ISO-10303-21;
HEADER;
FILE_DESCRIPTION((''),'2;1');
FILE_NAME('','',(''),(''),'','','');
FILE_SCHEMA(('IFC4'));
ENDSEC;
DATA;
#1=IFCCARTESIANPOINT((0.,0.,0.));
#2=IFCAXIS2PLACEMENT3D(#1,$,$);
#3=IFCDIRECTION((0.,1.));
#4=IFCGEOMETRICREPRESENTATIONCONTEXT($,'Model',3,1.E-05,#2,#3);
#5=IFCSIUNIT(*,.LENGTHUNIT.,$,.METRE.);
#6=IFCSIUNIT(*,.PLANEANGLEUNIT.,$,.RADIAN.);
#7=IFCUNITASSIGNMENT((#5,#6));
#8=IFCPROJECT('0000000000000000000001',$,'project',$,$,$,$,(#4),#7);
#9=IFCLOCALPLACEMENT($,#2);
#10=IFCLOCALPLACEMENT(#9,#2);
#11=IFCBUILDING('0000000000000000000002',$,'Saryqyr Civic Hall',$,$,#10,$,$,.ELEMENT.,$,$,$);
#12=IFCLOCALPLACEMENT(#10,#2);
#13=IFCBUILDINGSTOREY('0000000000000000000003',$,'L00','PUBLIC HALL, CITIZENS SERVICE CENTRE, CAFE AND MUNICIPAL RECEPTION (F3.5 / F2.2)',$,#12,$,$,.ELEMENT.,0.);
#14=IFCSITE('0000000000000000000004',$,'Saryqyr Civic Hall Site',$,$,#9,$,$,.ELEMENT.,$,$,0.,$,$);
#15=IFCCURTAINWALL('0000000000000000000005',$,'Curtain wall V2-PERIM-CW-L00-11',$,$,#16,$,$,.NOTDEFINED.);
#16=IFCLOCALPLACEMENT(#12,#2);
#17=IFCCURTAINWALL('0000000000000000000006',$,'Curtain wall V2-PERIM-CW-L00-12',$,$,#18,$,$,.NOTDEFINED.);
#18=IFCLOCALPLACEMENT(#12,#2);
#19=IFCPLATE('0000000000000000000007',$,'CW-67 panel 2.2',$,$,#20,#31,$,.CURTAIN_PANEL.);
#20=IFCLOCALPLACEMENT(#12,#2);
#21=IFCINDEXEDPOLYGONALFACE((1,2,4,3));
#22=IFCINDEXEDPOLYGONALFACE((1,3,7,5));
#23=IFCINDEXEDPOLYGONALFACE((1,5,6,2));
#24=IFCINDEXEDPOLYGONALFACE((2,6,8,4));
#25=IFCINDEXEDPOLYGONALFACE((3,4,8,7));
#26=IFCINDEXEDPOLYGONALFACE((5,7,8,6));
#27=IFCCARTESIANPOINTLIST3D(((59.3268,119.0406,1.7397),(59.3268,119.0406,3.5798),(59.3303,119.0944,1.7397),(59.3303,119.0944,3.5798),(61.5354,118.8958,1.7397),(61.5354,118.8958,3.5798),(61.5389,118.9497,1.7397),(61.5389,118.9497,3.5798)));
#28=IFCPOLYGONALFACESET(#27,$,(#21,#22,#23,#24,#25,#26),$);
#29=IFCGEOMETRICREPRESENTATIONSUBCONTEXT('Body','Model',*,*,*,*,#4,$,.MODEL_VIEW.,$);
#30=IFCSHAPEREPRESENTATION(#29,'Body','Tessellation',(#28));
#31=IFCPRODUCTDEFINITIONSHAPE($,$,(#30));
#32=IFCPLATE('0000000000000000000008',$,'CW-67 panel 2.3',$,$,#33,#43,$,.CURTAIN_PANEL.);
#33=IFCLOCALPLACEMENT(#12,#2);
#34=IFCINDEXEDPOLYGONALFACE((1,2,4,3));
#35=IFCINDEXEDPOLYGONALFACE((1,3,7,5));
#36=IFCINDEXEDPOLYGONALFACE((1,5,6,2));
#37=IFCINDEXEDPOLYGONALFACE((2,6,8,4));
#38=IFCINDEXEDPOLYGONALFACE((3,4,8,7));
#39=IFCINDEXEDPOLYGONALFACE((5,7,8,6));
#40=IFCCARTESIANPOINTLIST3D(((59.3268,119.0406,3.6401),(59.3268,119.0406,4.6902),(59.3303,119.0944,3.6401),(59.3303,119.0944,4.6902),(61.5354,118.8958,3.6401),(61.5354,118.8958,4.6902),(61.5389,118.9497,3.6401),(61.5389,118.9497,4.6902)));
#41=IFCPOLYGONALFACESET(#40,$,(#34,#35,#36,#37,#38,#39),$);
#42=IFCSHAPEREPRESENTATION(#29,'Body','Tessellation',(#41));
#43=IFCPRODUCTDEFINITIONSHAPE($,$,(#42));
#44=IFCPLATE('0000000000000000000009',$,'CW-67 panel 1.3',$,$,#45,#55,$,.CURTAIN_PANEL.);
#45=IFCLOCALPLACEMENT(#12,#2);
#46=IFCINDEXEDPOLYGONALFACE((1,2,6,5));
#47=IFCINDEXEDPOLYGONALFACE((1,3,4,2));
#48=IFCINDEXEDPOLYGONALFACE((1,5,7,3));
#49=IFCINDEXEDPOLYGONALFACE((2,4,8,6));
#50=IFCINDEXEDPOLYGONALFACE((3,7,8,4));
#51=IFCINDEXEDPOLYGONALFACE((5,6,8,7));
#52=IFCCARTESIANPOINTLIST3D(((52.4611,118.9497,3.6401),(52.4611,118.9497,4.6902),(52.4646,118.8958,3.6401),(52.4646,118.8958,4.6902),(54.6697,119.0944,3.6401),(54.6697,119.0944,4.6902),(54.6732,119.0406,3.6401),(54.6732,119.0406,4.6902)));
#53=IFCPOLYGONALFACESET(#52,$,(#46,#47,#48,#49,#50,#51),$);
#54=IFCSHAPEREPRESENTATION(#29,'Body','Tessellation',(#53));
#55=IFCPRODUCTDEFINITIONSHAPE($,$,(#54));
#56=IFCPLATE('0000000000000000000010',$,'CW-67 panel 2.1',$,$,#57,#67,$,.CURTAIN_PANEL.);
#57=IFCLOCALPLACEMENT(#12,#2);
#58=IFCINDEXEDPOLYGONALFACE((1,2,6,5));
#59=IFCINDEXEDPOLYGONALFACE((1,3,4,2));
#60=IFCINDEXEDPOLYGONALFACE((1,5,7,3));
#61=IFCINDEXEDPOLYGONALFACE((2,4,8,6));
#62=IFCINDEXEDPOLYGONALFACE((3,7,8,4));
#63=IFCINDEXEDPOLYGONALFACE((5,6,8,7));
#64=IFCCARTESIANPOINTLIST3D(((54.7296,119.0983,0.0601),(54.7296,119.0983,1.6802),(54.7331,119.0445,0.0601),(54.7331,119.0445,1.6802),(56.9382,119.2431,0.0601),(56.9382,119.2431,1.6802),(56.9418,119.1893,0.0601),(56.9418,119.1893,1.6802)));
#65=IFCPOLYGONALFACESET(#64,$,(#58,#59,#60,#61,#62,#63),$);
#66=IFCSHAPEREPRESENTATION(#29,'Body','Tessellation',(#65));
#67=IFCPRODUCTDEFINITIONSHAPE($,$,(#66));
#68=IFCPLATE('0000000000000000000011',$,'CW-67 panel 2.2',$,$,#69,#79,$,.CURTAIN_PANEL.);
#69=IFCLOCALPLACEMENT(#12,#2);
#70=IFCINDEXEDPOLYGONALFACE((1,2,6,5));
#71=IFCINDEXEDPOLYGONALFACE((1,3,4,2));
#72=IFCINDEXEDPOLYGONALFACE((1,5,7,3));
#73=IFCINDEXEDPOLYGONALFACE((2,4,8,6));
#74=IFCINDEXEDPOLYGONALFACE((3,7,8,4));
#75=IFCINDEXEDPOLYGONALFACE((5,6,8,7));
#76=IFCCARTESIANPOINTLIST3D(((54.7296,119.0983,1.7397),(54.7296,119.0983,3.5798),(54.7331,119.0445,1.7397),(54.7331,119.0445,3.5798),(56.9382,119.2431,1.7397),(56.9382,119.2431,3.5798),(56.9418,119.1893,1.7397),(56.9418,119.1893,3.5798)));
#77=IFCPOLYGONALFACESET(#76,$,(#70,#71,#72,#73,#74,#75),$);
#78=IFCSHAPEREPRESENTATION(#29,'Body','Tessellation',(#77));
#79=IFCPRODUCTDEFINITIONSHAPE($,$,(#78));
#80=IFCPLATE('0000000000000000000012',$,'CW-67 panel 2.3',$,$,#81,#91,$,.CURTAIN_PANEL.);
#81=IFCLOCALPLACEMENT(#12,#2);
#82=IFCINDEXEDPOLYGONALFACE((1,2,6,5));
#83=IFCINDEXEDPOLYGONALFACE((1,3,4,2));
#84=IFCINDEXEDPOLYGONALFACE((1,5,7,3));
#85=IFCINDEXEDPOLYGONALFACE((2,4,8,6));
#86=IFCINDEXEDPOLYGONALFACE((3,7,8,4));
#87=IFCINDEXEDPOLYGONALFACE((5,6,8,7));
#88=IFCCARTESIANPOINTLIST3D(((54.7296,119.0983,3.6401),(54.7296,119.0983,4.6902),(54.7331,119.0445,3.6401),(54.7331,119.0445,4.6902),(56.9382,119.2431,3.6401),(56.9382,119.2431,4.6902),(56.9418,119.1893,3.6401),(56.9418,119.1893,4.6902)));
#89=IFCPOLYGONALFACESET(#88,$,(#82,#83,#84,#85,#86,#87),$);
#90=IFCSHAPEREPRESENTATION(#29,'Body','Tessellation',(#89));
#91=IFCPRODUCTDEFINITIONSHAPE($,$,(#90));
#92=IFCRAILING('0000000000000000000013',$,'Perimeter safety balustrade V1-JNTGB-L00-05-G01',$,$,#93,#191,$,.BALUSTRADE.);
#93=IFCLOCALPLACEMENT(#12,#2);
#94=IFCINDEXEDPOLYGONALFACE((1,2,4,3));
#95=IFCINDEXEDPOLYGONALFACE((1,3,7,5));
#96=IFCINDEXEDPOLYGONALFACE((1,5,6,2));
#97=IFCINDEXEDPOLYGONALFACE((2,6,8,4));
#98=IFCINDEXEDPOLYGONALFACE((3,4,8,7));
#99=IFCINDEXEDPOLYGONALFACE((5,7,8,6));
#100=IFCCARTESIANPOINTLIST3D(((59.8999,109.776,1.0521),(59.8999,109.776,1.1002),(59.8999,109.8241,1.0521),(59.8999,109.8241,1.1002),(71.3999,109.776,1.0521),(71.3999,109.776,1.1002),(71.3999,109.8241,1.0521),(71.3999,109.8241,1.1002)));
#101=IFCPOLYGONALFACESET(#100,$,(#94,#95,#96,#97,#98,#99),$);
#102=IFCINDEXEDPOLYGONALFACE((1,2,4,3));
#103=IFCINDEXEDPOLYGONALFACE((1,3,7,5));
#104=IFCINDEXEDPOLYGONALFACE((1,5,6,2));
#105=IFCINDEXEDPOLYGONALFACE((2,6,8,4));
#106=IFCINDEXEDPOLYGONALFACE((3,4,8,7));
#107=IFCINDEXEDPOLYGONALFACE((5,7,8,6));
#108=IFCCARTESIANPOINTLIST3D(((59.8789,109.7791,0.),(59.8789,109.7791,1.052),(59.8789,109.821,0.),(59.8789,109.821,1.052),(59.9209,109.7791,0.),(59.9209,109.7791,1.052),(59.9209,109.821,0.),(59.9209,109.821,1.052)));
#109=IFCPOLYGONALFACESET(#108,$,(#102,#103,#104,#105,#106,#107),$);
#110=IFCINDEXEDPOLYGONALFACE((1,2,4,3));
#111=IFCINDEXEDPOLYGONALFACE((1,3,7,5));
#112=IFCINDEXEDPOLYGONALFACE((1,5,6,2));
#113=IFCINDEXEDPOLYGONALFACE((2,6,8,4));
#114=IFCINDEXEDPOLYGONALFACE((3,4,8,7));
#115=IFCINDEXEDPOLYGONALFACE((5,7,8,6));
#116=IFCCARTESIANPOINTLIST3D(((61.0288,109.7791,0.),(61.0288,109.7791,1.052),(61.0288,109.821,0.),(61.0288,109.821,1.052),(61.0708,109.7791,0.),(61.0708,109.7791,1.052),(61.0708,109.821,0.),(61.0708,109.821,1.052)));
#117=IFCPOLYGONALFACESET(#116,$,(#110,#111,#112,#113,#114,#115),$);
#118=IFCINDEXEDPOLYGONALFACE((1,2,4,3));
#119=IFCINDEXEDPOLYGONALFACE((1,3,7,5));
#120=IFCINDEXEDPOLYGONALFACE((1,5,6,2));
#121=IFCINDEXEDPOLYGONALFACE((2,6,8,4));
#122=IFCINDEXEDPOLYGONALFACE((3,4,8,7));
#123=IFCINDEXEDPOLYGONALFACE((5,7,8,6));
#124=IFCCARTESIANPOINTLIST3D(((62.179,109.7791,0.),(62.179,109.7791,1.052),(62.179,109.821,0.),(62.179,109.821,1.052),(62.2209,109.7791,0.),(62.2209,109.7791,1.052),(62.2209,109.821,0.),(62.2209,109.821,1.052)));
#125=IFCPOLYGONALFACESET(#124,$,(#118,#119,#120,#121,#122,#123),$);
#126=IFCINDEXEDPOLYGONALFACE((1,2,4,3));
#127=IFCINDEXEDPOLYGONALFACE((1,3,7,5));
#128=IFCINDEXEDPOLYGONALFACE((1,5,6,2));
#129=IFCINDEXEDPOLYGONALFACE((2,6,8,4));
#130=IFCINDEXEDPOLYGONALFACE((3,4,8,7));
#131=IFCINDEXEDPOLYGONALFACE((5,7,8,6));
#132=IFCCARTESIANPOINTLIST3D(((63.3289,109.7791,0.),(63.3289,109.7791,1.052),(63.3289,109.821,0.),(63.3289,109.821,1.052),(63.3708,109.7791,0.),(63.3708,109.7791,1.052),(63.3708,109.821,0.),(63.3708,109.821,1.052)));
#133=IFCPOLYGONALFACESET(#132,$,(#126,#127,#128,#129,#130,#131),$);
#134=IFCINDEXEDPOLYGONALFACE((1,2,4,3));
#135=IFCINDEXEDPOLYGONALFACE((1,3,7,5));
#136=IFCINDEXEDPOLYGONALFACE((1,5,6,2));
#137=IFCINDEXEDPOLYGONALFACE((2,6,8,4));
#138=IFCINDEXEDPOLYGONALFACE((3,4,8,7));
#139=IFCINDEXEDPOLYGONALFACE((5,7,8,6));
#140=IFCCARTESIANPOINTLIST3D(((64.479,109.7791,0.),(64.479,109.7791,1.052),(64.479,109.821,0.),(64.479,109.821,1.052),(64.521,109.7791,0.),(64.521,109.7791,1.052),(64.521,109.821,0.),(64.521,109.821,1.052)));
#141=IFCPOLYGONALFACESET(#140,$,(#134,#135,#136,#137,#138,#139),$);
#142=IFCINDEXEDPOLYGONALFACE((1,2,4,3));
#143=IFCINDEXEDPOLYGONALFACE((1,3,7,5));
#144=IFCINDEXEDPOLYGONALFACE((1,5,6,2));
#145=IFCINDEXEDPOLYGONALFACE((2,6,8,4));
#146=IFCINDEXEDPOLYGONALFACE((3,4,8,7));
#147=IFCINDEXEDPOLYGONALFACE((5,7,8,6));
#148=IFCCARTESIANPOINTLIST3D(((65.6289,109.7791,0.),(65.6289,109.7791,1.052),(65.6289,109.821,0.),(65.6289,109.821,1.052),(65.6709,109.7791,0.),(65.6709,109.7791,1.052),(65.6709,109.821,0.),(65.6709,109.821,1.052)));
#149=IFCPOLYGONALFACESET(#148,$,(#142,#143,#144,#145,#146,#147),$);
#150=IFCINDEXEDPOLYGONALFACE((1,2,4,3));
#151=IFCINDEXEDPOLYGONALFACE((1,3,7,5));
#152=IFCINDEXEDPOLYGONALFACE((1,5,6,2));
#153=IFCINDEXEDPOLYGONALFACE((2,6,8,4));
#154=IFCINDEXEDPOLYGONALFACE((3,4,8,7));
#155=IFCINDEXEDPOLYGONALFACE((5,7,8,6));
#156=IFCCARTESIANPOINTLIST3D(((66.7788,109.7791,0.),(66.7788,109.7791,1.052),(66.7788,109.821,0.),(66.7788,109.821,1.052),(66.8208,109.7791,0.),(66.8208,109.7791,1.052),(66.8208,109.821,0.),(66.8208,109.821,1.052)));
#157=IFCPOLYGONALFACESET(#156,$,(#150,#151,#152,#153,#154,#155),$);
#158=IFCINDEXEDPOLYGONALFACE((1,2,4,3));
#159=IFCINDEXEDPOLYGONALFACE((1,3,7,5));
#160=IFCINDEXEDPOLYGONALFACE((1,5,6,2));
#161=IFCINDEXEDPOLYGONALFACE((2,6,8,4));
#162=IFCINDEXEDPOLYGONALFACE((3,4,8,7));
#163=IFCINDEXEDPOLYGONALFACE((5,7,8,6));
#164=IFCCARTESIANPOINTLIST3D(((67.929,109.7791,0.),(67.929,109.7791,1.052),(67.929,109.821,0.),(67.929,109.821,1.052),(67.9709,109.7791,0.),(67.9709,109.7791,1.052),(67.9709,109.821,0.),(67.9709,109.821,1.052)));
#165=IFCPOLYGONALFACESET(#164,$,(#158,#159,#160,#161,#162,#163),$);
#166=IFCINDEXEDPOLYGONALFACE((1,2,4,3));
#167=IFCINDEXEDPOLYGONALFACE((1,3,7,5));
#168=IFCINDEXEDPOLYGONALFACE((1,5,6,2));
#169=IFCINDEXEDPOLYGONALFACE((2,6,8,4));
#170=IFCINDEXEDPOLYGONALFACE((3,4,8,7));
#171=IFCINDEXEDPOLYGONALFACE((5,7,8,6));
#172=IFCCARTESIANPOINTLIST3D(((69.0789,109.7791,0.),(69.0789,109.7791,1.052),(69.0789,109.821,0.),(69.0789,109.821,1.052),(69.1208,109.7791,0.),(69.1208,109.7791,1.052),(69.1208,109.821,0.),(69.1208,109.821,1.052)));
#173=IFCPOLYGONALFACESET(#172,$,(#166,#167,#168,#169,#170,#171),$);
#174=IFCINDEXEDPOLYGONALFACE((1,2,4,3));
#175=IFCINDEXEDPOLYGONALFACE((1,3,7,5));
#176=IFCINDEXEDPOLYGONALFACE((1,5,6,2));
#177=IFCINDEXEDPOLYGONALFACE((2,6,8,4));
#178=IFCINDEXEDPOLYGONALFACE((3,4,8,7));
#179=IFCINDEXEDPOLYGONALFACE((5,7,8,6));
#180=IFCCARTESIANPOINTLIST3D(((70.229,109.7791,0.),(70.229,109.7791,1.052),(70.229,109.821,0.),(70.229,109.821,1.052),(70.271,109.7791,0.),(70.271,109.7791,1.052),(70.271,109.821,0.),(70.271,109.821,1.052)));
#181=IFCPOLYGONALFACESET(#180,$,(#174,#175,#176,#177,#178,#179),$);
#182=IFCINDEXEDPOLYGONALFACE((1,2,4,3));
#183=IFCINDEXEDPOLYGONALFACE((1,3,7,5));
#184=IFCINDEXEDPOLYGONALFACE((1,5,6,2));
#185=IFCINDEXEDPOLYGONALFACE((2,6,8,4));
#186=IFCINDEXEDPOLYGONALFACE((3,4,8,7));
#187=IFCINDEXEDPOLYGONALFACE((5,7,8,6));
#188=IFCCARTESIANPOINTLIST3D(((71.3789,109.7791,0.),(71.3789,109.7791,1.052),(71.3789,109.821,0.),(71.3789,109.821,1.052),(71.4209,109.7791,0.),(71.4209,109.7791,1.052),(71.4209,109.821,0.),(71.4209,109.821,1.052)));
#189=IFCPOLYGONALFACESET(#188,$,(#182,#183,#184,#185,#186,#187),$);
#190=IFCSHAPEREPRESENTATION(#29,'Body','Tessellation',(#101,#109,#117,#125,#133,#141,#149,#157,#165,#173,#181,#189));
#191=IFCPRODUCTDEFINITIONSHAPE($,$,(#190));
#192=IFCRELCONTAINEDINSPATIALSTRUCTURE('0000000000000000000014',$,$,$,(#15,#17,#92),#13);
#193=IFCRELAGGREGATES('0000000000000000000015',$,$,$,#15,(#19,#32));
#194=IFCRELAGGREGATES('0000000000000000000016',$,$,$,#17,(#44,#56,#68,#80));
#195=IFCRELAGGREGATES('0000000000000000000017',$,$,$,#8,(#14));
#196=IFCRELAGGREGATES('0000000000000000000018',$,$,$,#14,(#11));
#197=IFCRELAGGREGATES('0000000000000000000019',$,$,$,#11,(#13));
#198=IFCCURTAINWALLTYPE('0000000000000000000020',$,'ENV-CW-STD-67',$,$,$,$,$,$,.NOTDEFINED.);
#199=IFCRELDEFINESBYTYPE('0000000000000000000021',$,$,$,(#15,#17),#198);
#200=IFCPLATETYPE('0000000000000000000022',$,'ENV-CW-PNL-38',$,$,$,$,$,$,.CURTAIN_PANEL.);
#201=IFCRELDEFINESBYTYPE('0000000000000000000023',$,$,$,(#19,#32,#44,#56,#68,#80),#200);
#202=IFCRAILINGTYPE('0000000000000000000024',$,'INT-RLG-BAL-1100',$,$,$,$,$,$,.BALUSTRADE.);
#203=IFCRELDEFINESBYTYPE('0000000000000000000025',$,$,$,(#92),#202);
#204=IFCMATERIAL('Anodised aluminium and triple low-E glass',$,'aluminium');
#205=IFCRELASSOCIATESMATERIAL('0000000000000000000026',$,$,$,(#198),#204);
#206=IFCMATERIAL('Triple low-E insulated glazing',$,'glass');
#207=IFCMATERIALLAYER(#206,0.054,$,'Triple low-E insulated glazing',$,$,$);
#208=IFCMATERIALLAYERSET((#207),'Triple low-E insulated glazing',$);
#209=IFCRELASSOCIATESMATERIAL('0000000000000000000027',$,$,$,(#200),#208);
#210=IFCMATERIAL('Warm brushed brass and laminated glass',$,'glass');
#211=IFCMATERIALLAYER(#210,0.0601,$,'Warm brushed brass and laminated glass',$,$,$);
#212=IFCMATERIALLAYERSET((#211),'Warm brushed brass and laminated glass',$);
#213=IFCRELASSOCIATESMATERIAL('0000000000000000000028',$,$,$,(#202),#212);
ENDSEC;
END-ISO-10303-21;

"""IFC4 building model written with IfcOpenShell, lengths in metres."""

from ifc_helpers import new_model, si_unit, direction, frame, origin, origin_2d, place, context, subcontext, project, spatial, rectangle, extrude, material, layer, layer_set, type_object, element, aggregate, save


model = new_model("IFC4")

# Units and contexts
model_context = context("Model", 3, precision=1e-05, world=origin(), true_north=direction((0.0, 1.0)))
body_context = subcontext(model_context, "Body", "Model", "MODEL_VIEW")
ifc_project = project(units=[si_unit("LENGTHUNIT", "METRE"), si_unit("PLANEANGLEUNIT", "RADIAN")], contexts=[model_context])

# Site, building, storey
site_placement = place(None, origin())
site = spatial("IfcSite", under=ifc_project, at=site_placement, Name="Saryqyr Civic Hall Site", CompositionType="ELEMENT", RefElevation=0.0)
building_placement = place(site_placement, origin())
building = spatial("IfcBuilding", under=site, at=building_placement, Name="Saryqyr Civic Hall", CompositionType="ELEMENT")
storey_placement = place(building_placement, origin())
storey = spatial("IfcBuildingStorey", under=building, at=storey_placement, Name="L00", Description="PUBLIC HALL, CITIZENS SERVICE CENTRE, CAFE AND MUNICIPAL RECEPTION (F3.5 / F2.2)", CompositionType="ELEMENT", Elevation=0.0)

# Curtain wall
ifc_material_1 = material(Name="Anodised aluminium and triple low-E glass", Category="aluminium")
curtain_wall_type = type_object("IfcCurtainWallType", Name="ENV-CW-STD-67", PredefinedType="NOTDEFINED", material=ifc_material_1)
curtain_wall_1_placement = place(storey_placement, origin())
curtain_wall_1 = element("IfcCurtainWall", 1, at=curtain_wall_1_placement, inside=storey, type_object=curtain_wall_type, Name="Curtain wall V2-PERIM-CW-L00-11", PredefinedType="NOTDEFINED")

# Curtain wall
curtain_wall_2_placement = place(storey_placement, origin())
curtain_wall_2 = element("IfcCurtainWall", 2, at=curtain_wall_2_placement, inside=storey, type_object=curtain_wall_type, Name="Curtain wall V2-PERIM-CW-L00-12", PredefinedType="NOTDEFINED")

# Plates
ifc_material_2 = material(Name="Triple low-E insulated glazing", Category="glass")
ifc_layer_1 = layer(ifc_material_2, 0.054, Name="Triple low-E insulated glazing")
ifc_layer_set_1 = layer_set([ifc_layer_1], Name="Triple low-E insulated glazing")
plate_type = type_object("IfcPlateType", Name="ENV-CW-PNL-38", PredefinedType="CURTAIN_PANEL", material=ifc_layer_set_1)
plate_1_placement = place(storey_placement, frame((60.4329, 118.9951, 1.7397), z_axis=(0.0, 0.0, 1.0), x_axis=(0.997859, -0.065401, 0.0)))
plate_1 = element("IfcPlate", 3, at=plate_1_placement, type_object=plate_type, Name="CW-67 panel 2.2", PredefinedType="CURTAIN_PANEL", context=body_context, shape_type="SweptSolid", body=[
    extrude(rectangle(XDim=2.2134, YDim=0.054, at=origin_2d()), origin(), (0.0, 0.0, 1.0), 1.8401),
])
plate_2_placement = place(storey_placement, frame((60.4329, 118.9951, 3.6401), z_axis=(0.0, 0.0, 1.0), x_axis=(0.997859, -0.065401, 0.0)))
plate_2 = element("IfcPlate", 4, at=plate_2_placement, type_object=plate_type, Name="CW-67 panel 2.3", PredefinedType="CURTAIN_PANEL", context=body_context, shape_type="SweptSolid", body=[
    extrude(rectangle(XDim=2.2134, YDim=0.054, at=origin_2d()), origin(), (0.0, 0.0, 1.0), 1.05),
])
aggregate(curtain_wall_1, [plate_1, plate_2])
plate_3_placement = place(storey_placement, frame((53.5671, 118.9951, 3.6401), z_axis=(0.0, 0.0, 1.0), x_axis=(0.997859, 0.065401, 0.0)))
plate_3 = element("IfcPlate", 5, at=plate_3_placement, type_object=plate_type, Name="CW-67 panel 1.3", PredefinedType="CURTAIN_PANEL", context=body_context, shape_type="SweptSolid", body=[
    extrude(rectangle(XDim=2.2134, YDim=0.054, at=origin_2d()), origin(), (0.0, 0.0, 1.0), 1.05),
])
plate_4_placement = place(storey_placement, frame((55.8357, 119.1438, 0.0601), z_axis=(0.0, 0.0, 1.0), x_axis=(0.997859, 0.065401, 0.0)))
plate_4 = element("IfcPlate", 6, at=plate_4_placement, type_object=plate_type, Name="CW-67 panel 2.1", PredefinedType="CURTAIN_PANEL", context=body_context, shape_type="SweptSolid", body=[
    extrude(rectangle(XDim=2.2134, YDim=0.054, at=origin_2d()), origin(), (0.0, 0.0, 1.0), 1.6201),
])
plate_5_placement = place(storey_placement, frame((55.8357, 119.1438, 1.7397), z_axis=(0.0, 0.0, 1.0), x_axis=(0.997859, 0.065401, 0.0)))
plate_5 = element("IfcPlate", 7, at=plate_5_placement, type_object=plate_type, Name="CW-67 panel 2.2", PredefinedType="CURTAIN_PANEL", context=body_context, shape_type="SweptSolid", body=[
    extrude(rectangle(XDim=2.2134, YDim=0.054, at=origin_2d()), origin(), (0.0, 0.0, 1.0), 1.8401),
])
plate_6_placement = place(storey_placement, frame((55.8357, 119.1438, 3.6401), z_axis=(0.0, 0.0, 1.0), x_axis=(0.997859, 0.065401, 0.0)))
plate_6 = element("IfcPlate", 8, at=plate_6_placement, type_object=plate_type, Name="CW-67 panel 2.3", PredefinedType="CURTAIN_PANEL", context=body_context, shape_type="SweptSolid", body=[
    extrude(rectangle(XDim=2.2134, YDim=0.054, at=origin_2d()), origin(), (0.0, 0.0, 1.0), 1.05),
])
aggregate(curtain_wall_2, [plate_3, plate_4, plate_5, plate_6])

# Railing
ifc_material_3 = material(Name="Warm brushed brass and laminated glass", Category="glass")
ifc_layer_2 = layer(ifc_material_3, 0.0601, Name="Warm brushed brass and laminated glass")
ifc_layer_set_2 = layer_set([ifc_layer_2], Name="Warm brushed brass and laminated glass")
railing_type = type_object("IfcRailingType", Name="INT-RLG-BAL-1100", PredefinedType="BALUSTRADE", material=ifc_layer_set_2)
railing_placement = place(storey_placement, frame((59.8999, 109.8, 0.0)))
element("IfcRailing", 9, at=railing_placement, inside=storey, type_object=railing_type, Name="Perimeter safety balustrade V1-JNTGB-L00-05-G01", PredefinedType="BALUSTRADE", context=body_context, shape_type="SweptSolid", body=[
    extrude(rectangle(XDim=0.0481, YDim=0.0481, at=origin_2d()), frame((0.0, 0.0, 1.0762), z_axis=(1.0, 0.0, 0.0), x_axis=(0.0, 1.0, 0.0)), (0.0, 0.0, 1.0), 11.5),
    extrude(rectangle(XDim=0.042, YDim=0.042, at=origin_2d()), origin(), (0.0, 0.0, 1.0), 1.052),
    extrude(rectangle(XDim=0.042, YDim=0.042, at=origin_2d()), frame((1.1499, 0.0, 0.0)), (0.0, 0.0, 1.0), 1.052),
    extrude(rectangle(XDim=0.042, YDim=0.042, at=origin_2d()), frame((2.3, 0.0, 0.0)), (0.0, 0.0, 1.0), 1.052),
    extrude(rectangle(XDim=0.042, YDim=0.042, at=origin_2d()), frame((3.45, 0.0, 0.0)), (0.0, 0.0, 1.0), 1.052),
    extrude(rectangle(XDim=0.042, YDim=0.042, at=origin_2d()), frame((4.6001, 0.0, 0.0)), (0.0, 0.0, 1.0), 1.052),
    extrude(rectangle(XDim=0.042, YDim=0.042, at=origin_2d()), frame((5.75, 0.0, 0.0)), (0.0, 0.0, 1.0), 1.052),
    extrude(rectangle(XDim=0.042, YDim=0.042, at=origin_2d()), frame((6.8999, 0.0, 0.0)), (0.0, 0.0, 1.0), 1.052),
    extrude(rectangle(XDim=0.042, YDim=0.042, at=origin_2d()), frame((8.05, 0.0, 0.0)), (0.0, 0.0, 1.0), 1.052),
    extrude(rectangle(XDim=0.042, YDim=0.042, at=origin_2d()), frame((9.2, 0.0, 0.0)), (0.0, 0.0, 1.0), 1.052),
    extrude(rectangle(XDim=0.042, YDim=0.042, at=origin_2d()), frame((10.3501, 0.0, 0.0)), (0.0, 0.0, 1.0), 1.052),
    extrude(rectangle(XDim=0.042, YDim=0.042, at=origin_2d()), frame((11.5, 0.0, 0.0)), (0.0, 0.0, 1.0), 1.052),
])

save(model, "model.ifc")
